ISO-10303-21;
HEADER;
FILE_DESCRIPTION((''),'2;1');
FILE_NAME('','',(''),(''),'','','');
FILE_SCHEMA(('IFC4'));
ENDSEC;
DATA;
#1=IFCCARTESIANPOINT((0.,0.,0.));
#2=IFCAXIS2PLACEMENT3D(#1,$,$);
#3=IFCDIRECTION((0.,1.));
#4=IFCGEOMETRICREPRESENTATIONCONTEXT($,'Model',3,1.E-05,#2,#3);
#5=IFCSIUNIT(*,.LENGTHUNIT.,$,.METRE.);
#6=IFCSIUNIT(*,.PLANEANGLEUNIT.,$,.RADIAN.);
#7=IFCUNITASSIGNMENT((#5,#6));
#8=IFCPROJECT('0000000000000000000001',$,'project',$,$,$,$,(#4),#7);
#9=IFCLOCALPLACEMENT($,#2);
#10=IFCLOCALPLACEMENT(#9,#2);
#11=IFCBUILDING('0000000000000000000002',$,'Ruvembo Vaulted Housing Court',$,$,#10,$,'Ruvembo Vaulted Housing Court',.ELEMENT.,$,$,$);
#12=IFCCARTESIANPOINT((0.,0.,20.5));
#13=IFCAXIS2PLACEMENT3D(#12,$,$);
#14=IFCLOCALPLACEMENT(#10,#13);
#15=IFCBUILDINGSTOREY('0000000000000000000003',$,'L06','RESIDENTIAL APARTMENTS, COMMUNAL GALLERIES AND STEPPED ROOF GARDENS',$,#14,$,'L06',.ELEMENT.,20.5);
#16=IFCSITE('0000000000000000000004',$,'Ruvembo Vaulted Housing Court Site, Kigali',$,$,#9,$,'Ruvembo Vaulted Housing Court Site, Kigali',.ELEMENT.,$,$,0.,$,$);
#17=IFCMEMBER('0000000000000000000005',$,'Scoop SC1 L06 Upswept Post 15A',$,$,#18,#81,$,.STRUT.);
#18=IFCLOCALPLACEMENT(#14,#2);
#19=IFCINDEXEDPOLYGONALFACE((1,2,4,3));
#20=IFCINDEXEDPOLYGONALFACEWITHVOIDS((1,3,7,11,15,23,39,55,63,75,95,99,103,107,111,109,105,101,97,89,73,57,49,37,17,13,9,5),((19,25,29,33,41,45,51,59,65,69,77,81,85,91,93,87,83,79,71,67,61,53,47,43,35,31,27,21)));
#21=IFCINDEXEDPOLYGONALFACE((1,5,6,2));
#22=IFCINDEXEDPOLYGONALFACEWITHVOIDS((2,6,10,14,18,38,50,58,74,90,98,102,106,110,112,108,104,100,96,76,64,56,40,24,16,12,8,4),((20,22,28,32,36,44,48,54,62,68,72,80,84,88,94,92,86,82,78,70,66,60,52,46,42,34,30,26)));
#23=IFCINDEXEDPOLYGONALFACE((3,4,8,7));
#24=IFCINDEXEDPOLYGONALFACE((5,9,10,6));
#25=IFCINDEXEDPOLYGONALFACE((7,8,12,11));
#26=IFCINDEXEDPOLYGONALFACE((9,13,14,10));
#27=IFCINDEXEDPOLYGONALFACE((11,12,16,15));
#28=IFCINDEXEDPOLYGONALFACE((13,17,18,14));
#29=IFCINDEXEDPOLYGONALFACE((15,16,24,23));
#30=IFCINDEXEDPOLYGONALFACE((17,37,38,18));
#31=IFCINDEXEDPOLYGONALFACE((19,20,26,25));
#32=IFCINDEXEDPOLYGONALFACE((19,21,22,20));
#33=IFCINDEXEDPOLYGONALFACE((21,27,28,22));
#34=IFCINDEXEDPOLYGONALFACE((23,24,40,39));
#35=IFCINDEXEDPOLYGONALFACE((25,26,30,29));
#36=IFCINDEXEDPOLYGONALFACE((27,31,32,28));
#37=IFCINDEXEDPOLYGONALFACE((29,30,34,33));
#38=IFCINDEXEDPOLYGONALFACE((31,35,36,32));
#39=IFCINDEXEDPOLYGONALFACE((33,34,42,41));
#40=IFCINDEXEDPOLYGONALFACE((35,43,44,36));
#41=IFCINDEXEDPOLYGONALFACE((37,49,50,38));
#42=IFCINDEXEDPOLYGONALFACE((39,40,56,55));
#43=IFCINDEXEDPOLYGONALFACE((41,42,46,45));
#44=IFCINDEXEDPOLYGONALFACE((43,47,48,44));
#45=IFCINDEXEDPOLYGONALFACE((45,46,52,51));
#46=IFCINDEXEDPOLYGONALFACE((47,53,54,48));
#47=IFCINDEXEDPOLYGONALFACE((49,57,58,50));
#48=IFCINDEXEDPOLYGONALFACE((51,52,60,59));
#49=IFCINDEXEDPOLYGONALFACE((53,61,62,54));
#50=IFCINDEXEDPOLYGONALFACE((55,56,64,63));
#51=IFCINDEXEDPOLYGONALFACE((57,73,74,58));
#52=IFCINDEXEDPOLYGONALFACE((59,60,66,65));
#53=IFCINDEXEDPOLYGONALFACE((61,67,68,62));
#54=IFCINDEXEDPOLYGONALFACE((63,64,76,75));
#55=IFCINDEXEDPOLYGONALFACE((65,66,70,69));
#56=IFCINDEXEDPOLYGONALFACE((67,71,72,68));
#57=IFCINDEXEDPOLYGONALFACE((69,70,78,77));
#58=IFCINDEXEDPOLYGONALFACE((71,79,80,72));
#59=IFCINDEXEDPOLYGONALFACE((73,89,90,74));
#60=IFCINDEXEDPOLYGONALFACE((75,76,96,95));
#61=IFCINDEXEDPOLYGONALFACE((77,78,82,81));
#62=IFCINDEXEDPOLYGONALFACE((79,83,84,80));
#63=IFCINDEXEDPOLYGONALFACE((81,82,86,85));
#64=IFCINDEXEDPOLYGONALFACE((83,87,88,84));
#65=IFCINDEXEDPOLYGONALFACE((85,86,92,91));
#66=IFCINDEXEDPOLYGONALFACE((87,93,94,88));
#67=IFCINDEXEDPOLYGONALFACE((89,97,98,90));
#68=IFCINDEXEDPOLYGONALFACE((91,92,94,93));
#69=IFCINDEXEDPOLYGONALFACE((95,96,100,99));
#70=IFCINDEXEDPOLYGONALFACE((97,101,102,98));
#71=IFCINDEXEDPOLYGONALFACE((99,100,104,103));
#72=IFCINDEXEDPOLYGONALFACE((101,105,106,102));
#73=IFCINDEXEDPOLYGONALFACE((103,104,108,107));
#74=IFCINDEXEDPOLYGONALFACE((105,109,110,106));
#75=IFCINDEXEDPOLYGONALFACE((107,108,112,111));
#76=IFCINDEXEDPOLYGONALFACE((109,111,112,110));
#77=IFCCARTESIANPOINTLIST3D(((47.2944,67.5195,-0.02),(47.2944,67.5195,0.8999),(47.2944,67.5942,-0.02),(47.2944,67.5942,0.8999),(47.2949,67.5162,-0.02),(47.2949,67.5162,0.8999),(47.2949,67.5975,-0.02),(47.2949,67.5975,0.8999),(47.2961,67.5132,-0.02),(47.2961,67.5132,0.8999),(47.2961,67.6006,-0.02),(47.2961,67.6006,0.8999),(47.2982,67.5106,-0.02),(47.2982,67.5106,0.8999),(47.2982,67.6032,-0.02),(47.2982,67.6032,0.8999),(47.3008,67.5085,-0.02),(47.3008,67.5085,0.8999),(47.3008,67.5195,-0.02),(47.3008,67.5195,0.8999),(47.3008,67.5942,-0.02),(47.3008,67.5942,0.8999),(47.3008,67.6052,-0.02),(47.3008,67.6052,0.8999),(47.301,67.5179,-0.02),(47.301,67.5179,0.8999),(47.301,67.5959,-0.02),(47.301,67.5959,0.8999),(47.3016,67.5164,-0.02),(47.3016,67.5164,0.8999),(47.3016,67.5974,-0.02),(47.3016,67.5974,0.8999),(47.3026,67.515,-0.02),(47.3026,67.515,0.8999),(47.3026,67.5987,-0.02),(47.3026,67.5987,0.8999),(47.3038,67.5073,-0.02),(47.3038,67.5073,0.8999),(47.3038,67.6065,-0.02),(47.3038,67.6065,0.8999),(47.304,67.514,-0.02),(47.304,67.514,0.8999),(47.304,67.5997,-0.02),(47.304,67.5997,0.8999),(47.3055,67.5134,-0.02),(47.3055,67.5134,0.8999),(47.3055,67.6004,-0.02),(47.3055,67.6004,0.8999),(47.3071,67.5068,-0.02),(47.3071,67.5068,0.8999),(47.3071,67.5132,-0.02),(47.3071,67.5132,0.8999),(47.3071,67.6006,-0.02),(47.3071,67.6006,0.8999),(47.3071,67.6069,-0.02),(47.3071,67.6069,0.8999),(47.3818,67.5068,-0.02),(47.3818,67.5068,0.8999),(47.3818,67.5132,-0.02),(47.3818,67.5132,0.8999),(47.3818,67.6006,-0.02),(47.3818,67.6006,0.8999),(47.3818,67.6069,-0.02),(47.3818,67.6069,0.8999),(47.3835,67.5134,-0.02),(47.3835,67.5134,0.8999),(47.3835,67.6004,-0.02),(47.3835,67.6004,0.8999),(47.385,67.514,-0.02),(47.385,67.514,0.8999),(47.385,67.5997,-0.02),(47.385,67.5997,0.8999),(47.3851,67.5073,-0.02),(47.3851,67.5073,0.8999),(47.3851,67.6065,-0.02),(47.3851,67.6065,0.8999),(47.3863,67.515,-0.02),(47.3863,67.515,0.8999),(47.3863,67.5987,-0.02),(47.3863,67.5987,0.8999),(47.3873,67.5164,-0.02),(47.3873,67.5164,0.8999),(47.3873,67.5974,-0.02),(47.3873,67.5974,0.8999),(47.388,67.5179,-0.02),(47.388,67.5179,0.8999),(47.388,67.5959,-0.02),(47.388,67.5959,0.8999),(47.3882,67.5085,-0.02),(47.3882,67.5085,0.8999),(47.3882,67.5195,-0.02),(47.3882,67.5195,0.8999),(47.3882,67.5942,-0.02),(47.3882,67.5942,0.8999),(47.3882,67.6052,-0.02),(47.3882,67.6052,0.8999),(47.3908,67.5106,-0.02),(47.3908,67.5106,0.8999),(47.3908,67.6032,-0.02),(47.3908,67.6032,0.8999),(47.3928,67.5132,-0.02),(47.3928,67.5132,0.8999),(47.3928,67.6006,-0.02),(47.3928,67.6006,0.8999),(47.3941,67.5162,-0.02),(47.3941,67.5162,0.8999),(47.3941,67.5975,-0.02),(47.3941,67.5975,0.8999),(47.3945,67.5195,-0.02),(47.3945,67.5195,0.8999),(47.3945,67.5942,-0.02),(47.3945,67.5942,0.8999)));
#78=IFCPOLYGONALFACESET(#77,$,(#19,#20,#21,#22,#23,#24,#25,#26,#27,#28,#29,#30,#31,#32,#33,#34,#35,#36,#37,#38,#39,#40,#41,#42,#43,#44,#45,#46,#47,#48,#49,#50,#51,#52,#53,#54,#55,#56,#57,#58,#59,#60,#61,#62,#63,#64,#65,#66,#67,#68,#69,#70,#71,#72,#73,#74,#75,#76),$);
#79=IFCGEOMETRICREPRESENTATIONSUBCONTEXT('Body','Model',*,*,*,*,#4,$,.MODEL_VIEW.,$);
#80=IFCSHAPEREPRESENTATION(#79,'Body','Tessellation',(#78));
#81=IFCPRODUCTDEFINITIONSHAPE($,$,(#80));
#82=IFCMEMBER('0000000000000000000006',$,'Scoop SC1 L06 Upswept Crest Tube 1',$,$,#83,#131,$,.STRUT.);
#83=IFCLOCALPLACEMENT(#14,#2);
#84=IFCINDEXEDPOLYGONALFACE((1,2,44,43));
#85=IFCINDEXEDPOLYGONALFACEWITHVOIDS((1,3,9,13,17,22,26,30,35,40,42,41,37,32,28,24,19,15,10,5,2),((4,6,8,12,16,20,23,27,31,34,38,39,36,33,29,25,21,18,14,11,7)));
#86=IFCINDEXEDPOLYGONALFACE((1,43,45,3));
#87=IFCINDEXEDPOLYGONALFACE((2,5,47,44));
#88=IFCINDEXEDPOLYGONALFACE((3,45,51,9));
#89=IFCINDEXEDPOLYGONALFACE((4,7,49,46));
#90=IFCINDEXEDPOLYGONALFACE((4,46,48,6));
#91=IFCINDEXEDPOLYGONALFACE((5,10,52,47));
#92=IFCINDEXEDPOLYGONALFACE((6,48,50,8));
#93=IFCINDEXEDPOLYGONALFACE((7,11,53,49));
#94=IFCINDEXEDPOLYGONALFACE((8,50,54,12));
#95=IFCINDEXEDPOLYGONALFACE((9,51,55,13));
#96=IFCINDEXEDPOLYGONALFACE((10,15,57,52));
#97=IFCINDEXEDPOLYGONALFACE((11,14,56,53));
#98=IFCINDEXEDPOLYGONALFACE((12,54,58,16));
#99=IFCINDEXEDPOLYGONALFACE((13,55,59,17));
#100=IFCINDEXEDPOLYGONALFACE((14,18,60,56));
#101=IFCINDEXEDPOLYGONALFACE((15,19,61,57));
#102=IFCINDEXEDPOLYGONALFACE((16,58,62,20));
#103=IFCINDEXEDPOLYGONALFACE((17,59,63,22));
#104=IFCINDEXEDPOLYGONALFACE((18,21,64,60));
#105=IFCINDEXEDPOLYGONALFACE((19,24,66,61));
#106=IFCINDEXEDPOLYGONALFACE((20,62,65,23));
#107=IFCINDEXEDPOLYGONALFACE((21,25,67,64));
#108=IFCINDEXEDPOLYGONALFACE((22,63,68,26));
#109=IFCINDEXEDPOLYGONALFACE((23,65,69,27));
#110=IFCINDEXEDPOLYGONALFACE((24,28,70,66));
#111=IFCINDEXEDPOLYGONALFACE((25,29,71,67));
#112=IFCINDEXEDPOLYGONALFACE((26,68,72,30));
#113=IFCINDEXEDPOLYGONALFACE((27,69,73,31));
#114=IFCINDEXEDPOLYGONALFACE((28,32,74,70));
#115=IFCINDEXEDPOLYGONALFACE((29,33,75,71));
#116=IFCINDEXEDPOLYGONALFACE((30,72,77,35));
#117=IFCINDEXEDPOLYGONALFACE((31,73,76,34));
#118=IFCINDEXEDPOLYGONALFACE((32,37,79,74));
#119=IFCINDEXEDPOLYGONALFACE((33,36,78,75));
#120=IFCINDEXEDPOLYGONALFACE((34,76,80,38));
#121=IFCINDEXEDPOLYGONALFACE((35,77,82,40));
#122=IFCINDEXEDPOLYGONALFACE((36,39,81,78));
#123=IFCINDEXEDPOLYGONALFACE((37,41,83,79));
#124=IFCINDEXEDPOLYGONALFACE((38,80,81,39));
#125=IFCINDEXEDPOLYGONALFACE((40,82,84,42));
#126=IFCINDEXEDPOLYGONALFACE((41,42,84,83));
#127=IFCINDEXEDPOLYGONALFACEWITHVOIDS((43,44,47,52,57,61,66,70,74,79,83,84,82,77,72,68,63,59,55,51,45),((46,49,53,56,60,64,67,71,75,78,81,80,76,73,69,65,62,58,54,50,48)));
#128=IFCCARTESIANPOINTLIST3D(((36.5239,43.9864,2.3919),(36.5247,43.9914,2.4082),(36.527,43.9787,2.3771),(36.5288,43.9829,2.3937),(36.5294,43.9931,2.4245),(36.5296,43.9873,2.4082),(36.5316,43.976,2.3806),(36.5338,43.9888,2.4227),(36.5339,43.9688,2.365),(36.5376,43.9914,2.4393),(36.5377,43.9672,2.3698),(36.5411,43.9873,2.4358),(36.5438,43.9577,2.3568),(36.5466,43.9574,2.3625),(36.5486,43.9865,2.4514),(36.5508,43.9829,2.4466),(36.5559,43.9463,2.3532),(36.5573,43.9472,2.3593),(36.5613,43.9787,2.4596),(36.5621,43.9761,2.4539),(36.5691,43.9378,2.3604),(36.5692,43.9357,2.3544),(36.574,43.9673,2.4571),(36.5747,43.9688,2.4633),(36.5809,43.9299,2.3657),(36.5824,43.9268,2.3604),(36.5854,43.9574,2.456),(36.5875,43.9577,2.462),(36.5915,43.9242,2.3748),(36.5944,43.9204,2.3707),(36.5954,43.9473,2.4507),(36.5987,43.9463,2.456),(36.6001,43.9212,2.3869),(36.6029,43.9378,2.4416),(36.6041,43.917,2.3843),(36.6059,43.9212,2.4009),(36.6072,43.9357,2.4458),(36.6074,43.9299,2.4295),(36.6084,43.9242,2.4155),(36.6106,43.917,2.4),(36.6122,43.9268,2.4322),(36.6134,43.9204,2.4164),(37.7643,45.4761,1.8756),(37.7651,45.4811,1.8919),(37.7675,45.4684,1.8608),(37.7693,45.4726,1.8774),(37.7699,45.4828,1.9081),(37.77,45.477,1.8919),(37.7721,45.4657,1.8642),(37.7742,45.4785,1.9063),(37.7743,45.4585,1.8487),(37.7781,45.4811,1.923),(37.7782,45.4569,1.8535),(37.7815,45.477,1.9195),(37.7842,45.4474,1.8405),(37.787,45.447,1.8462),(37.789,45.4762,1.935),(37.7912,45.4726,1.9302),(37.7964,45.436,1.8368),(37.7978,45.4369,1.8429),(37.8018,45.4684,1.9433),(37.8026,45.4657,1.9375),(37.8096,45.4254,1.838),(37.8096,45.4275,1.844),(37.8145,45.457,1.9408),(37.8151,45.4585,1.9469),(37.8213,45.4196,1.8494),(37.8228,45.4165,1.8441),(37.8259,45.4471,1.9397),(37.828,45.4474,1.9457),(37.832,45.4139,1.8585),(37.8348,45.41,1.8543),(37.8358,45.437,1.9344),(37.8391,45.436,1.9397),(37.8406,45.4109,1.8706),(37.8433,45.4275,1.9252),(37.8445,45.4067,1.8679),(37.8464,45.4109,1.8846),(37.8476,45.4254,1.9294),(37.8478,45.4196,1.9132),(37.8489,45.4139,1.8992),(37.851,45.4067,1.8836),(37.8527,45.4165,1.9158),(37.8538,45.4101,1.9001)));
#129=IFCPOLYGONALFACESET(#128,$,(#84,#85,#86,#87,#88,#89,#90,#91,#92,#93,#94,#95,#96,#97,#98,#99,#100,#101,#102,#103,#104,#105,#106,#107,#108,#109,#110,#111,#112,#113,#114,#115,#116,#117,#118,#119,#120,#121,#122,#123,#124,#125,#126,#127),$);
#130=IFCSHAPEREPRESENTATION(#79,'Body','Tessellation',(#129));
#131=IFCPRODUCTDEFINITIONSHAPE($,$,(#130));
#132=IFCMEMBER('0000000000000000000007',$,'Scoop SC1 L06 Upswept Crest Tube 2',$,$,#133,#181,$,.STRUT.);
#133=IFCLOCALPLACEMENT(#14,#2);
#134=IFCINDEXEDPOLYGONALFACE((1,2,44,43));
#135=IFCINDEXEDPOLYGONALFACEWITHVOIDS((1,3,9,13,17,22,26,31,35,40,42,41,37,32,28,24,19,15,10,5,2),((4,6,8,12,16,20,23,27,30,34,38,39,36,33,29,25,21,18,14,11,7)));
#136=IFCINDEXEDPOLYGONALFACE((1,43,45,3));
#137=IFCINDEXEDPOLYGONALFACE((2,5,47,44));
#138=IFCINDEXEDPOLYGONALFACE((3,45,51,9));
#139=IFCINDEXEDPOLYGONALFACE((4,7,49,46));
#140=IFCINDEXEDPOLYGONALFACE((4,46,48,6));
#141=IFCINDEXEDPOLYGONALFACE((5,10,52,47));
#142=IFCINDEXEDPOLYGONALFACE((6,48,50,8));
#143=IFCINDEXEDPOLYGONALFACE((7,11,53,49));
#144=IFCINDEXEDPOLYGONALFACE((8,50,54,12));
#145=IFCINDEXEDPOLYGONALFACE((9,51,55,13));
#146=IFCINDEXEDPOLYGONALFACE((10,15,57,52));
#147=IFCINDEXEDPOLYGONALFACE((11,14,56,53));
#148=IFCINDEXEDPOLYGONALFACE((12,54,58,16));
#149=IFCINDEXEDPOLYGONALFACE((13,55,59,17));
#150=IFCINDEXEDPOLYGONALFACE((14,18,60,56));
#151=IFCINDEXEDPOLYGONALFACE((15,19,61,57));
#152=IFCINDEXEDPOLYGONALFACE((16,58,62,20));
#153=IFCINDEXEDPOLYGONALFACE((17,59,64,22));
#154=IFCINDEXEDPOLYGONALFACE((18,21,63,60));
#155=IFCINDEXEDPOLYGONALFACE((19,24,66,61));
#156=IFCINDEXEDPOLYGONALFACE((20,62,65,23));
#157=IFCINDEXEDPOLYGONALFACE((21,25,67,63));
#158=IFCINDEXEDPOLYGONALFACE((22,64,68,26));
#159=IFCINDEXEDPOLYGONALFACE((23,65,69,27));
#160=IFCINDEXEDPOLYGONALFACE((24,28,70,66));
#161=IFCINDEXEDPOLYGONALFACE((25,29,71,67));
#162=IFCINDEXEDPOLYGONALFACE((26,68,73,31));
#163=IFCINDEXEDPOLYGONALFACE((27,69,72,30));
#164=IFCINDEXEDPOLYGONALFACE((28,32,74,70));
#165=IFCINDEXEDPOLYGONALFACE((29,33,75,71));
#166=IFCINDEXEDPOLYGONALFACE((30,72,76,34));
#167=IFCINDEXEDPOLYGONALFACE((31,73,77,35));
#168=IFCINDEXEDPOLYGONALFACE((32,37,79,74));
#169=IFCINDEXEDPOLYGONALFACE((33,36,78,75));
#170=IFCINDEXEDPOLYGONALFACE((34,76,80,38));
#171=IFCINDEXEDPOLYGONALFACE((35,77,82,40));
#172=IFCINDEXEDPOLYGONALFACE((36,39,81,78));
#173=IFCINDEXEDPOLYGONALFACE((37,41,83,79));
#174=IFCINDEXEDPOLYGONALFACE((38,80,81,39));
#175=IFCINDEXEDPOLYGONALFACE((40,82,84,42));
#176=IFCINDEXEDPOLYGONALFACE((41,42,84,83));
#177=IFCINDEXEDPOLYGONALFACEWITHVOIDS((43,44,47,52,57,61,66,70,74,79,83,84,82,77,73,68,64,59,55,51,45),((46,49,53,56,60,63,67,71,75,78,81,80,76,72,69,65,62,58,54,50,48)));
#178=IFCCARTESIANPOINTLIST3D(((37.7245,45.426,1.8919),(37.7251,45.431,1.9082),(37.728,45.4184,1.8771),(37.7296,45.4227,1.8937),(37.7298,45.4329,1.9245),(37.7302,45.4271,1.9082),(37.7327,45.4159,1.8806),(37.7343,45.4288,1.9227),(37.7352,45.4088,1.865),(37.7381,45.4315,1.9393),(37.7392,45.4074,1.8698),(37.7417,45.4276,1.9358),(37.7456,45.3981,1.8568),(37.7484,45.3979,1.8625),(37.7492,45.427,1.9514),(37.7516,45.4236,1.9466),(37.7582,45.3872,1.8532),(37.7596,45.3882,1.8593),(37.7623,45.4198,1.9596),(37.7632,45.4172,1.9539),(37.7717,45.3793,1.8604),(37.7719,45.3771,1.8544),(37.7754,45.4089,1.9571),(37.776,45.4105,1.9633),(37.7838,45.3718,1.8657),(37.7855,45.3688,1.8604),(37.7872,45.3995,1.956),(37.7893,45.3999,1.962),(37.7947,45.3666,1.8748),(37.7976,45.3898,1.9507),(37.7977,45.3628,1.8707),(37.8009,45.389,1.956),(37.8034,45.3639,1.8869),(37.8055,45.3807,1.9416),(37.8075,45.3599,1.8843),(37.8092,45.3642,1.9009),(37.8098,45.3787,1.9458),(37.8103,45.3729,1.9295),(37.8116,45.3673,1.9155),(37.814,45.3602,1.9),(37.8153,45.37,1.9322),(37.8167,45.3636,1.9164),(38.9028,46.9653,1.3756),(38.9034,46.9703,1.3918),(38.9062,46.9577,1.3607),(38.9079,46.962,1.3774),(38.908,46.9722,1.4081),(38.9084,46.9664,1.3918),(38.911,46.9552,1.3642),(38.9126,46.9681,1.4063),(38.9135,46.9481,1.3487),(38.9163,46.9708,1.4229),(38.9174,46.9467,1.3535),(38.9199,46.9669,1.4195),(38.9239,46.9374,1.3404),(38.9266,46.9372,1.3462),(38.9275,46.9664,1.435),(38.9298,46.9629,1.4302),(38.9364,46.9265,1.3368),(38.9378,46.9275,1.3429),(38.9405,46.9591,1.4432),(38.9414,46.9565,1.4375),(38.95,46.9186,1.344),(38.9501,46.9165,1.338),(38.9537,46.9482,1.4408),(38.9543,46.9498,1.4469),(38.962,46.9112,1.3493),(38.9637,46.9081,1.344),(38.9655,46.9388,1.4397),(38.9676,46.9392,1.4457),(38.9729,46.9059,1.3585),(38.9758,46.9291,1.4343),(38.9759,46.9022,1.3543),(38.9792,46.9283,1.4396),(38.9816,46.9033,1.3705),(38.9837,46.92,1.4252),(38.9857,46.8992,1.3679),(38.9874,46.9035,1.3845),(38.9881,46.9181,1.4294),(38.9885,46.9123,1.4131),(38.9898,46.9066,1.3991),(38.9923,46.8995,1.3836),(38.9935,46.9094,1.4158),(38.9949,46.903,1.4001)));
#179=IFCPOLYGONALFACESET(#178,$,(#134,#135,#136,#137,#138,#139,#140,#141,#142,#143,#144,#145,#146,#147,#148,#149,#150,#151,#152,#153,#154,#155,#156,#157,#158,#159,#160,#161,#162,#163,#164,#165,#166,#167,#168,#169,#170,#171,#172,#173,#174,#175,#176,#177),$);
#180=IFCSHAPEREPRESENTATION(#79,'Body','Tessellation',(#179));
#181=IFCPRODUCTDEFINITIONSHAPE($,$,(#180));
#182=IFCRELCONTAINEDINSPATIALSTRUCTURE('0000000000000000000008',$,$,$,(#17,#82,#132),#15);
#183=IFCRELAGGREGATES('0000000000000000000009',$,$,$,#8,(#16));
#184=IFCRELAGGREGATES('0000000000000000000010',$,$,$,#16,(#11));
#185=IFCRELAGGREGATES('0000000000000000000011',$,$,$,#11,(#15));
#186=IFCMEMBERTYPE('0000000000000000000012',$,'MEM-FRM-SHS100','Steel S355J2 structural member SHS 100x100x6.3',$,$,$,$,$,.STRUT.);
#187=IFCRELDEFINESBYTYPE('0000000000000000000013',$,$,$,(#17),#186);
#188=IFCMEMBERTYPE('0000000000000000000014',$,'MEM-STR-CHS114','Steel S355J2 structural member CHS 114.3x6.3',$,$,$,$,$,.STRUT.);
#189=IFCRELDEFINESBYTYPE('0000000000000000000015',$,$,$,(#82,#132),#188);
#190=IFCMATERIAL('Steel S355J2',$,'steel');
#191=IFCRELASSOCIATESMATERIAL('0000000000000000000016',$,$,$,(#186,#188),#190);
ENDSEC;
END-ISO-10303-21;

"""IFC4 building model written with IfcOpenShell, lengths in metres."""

from ifc_helpers import new_model, si_unit, direction, frame, origin, origin_2d, place, context, subcontext, project, spatial, hollow_rectangle, hollow_circle, extrude, material, material_profile, profile_set, type_object, element, save


model = new_model("IFC4")

# Units and contexts
model_context = context("Model", 3, precision=1e-05, world=origin(), true_north=direction((0.0, 1.0)))
body_context = subcontext(model_context, "Body", "Model", "MODEL_VIEW")
ifc_project = project(units=[si_unit("LENGTHUNIT", "METRE"), si_unit("PLANEANGLEUNIT", "RADIAN")], contexts=[model_context])

# Site, building, storey
site_placement = place(None, origin())
site = spatial("IfcSite", under=ifc_project, at=site_placement, Name="Ruvembo Vaulted Housing Court Site, Kigali", LongName="Ruvembo Vaulted Housing Court Site, Kigali", CompositionType="ELEMENT", RefElevation=0.0)
building_placement = place(site_placement, origin())
building = spatial("IfcBuilding", under=site, at=building_placement, Name="Ruvembo Vaulted Housing Court", LongName="Ruvembo Vaulted Housing Court", CompositionType="ELEMENT")
storey_placement = place(building_placement, frame((0.0, 0.0, 20.5)))
storey = spatial("IfcBuildingStorey", under=building, at=storey_placement, Name="L06", Description="RESIDENTIAL APARTMENTS, COMMUNAL GALLERIES AND STEPPED ROOF GARDENS", LongName="L06", CompositionType="ELEMENT", Elevation=20.5)

# Members
ifc_material_1 = material(Name="Steel S355J2", Category="steel")
ifc_material_profile_1 = material_profile(ifc_material_1, hollow_rectangle(XDim=0.1001, YDim=0.1001, WallThickness=0.0063, InnerFilletRadius=0.0063, OuterFilletRadius=0.0127, at=origin_2d()), Name="SHS 100x100x6.3")
ifc_profile_set_1 = profile_set([ifc_material_profile_1], Name="Steel S355J2")
member_type_1 = type_object("IfcMemberType", Name="MEM-FRM-SHS100", Description="Steel S355J2 structural member SHS 100x100x6.3", PredefinedType="STRUT", material=ifc_profile_set_1)
for number, where, z_axis, x_axis, name in (
    (1, (47.3445, 67.5569, -0.02), (0.0, 0.0, 1.0), (1.0, 0.0, 0.0), "Scoop SC1 L06 Upswept Post 15A"),
):
    element("IfcMember", number, at=place(storey_placement, frame(where, z_axis=z_axis, x_axis=x_axis)), inside=storey, type_object=member_type_1, Name=name, PredefinedType="STRUT", context=body_context, shape_type="SweptSolid", body=[
        extrude(hollow_rectangle(XDim=0.1001, YDim=0.1001, WallThickness=0.0063, InnerFilletRadius=0.0063, OuterFilletRadius=0.0127, at=origin_2d()), origin(), (0.0, 0.0, 1.0), 0.9199),
    ])
ifc_material_profile_2 = material_profile(ifc_material_1, hollow_circle(Radius=0.0571, WallThickness=0.0063, at=origin_2d()), Name="CHS 114.3x6.3")
ifc_profile_set_2 = profile_set([ifc_material_profile_2], Name="Steel S355J2")
member_type_2 = type_object("IfcMemberType", Name="MEM-STR-CHS114", Description="Steel S355J2 structural member CHS 114.3x6.3", PredefinedType="STRUT", material=ifc_profile_set_2)
for number, where, z_axis, x_axis, name in (
    (2, (36.5686, 43.9548, 2.4082), (0.618329, 0.742579, -0.257383), (-0.768469, 0.639887, 0.0), "Scoop SC1 L06 Upswept Crest Tube 1"),
    (3, (37.7705, 45.3962, 1.9082), (0.58733, 0.767326, -0.257398), (-0.794082, 0.60781, 0.0), "Scoop SC1 L06 Upswept Crest Tube 2"),
):
    element("IfcMember", number, at=place(storey_placement, frame(where, z_axis=z_axis, x_axis=x_axis)), inside=storey, type_object=member_type_2, Name=name, PredefinedType="STRUT", context=body_context, shape_type="SweptSolid", body=[
        extrude(hollow_circle(Radius=0.0571, WallThickness=0.0063, at=origin_2d()), origin(), (0.0, 0.0, 1.0), 2.0061),
    ])

save(model, "model.ifc")
